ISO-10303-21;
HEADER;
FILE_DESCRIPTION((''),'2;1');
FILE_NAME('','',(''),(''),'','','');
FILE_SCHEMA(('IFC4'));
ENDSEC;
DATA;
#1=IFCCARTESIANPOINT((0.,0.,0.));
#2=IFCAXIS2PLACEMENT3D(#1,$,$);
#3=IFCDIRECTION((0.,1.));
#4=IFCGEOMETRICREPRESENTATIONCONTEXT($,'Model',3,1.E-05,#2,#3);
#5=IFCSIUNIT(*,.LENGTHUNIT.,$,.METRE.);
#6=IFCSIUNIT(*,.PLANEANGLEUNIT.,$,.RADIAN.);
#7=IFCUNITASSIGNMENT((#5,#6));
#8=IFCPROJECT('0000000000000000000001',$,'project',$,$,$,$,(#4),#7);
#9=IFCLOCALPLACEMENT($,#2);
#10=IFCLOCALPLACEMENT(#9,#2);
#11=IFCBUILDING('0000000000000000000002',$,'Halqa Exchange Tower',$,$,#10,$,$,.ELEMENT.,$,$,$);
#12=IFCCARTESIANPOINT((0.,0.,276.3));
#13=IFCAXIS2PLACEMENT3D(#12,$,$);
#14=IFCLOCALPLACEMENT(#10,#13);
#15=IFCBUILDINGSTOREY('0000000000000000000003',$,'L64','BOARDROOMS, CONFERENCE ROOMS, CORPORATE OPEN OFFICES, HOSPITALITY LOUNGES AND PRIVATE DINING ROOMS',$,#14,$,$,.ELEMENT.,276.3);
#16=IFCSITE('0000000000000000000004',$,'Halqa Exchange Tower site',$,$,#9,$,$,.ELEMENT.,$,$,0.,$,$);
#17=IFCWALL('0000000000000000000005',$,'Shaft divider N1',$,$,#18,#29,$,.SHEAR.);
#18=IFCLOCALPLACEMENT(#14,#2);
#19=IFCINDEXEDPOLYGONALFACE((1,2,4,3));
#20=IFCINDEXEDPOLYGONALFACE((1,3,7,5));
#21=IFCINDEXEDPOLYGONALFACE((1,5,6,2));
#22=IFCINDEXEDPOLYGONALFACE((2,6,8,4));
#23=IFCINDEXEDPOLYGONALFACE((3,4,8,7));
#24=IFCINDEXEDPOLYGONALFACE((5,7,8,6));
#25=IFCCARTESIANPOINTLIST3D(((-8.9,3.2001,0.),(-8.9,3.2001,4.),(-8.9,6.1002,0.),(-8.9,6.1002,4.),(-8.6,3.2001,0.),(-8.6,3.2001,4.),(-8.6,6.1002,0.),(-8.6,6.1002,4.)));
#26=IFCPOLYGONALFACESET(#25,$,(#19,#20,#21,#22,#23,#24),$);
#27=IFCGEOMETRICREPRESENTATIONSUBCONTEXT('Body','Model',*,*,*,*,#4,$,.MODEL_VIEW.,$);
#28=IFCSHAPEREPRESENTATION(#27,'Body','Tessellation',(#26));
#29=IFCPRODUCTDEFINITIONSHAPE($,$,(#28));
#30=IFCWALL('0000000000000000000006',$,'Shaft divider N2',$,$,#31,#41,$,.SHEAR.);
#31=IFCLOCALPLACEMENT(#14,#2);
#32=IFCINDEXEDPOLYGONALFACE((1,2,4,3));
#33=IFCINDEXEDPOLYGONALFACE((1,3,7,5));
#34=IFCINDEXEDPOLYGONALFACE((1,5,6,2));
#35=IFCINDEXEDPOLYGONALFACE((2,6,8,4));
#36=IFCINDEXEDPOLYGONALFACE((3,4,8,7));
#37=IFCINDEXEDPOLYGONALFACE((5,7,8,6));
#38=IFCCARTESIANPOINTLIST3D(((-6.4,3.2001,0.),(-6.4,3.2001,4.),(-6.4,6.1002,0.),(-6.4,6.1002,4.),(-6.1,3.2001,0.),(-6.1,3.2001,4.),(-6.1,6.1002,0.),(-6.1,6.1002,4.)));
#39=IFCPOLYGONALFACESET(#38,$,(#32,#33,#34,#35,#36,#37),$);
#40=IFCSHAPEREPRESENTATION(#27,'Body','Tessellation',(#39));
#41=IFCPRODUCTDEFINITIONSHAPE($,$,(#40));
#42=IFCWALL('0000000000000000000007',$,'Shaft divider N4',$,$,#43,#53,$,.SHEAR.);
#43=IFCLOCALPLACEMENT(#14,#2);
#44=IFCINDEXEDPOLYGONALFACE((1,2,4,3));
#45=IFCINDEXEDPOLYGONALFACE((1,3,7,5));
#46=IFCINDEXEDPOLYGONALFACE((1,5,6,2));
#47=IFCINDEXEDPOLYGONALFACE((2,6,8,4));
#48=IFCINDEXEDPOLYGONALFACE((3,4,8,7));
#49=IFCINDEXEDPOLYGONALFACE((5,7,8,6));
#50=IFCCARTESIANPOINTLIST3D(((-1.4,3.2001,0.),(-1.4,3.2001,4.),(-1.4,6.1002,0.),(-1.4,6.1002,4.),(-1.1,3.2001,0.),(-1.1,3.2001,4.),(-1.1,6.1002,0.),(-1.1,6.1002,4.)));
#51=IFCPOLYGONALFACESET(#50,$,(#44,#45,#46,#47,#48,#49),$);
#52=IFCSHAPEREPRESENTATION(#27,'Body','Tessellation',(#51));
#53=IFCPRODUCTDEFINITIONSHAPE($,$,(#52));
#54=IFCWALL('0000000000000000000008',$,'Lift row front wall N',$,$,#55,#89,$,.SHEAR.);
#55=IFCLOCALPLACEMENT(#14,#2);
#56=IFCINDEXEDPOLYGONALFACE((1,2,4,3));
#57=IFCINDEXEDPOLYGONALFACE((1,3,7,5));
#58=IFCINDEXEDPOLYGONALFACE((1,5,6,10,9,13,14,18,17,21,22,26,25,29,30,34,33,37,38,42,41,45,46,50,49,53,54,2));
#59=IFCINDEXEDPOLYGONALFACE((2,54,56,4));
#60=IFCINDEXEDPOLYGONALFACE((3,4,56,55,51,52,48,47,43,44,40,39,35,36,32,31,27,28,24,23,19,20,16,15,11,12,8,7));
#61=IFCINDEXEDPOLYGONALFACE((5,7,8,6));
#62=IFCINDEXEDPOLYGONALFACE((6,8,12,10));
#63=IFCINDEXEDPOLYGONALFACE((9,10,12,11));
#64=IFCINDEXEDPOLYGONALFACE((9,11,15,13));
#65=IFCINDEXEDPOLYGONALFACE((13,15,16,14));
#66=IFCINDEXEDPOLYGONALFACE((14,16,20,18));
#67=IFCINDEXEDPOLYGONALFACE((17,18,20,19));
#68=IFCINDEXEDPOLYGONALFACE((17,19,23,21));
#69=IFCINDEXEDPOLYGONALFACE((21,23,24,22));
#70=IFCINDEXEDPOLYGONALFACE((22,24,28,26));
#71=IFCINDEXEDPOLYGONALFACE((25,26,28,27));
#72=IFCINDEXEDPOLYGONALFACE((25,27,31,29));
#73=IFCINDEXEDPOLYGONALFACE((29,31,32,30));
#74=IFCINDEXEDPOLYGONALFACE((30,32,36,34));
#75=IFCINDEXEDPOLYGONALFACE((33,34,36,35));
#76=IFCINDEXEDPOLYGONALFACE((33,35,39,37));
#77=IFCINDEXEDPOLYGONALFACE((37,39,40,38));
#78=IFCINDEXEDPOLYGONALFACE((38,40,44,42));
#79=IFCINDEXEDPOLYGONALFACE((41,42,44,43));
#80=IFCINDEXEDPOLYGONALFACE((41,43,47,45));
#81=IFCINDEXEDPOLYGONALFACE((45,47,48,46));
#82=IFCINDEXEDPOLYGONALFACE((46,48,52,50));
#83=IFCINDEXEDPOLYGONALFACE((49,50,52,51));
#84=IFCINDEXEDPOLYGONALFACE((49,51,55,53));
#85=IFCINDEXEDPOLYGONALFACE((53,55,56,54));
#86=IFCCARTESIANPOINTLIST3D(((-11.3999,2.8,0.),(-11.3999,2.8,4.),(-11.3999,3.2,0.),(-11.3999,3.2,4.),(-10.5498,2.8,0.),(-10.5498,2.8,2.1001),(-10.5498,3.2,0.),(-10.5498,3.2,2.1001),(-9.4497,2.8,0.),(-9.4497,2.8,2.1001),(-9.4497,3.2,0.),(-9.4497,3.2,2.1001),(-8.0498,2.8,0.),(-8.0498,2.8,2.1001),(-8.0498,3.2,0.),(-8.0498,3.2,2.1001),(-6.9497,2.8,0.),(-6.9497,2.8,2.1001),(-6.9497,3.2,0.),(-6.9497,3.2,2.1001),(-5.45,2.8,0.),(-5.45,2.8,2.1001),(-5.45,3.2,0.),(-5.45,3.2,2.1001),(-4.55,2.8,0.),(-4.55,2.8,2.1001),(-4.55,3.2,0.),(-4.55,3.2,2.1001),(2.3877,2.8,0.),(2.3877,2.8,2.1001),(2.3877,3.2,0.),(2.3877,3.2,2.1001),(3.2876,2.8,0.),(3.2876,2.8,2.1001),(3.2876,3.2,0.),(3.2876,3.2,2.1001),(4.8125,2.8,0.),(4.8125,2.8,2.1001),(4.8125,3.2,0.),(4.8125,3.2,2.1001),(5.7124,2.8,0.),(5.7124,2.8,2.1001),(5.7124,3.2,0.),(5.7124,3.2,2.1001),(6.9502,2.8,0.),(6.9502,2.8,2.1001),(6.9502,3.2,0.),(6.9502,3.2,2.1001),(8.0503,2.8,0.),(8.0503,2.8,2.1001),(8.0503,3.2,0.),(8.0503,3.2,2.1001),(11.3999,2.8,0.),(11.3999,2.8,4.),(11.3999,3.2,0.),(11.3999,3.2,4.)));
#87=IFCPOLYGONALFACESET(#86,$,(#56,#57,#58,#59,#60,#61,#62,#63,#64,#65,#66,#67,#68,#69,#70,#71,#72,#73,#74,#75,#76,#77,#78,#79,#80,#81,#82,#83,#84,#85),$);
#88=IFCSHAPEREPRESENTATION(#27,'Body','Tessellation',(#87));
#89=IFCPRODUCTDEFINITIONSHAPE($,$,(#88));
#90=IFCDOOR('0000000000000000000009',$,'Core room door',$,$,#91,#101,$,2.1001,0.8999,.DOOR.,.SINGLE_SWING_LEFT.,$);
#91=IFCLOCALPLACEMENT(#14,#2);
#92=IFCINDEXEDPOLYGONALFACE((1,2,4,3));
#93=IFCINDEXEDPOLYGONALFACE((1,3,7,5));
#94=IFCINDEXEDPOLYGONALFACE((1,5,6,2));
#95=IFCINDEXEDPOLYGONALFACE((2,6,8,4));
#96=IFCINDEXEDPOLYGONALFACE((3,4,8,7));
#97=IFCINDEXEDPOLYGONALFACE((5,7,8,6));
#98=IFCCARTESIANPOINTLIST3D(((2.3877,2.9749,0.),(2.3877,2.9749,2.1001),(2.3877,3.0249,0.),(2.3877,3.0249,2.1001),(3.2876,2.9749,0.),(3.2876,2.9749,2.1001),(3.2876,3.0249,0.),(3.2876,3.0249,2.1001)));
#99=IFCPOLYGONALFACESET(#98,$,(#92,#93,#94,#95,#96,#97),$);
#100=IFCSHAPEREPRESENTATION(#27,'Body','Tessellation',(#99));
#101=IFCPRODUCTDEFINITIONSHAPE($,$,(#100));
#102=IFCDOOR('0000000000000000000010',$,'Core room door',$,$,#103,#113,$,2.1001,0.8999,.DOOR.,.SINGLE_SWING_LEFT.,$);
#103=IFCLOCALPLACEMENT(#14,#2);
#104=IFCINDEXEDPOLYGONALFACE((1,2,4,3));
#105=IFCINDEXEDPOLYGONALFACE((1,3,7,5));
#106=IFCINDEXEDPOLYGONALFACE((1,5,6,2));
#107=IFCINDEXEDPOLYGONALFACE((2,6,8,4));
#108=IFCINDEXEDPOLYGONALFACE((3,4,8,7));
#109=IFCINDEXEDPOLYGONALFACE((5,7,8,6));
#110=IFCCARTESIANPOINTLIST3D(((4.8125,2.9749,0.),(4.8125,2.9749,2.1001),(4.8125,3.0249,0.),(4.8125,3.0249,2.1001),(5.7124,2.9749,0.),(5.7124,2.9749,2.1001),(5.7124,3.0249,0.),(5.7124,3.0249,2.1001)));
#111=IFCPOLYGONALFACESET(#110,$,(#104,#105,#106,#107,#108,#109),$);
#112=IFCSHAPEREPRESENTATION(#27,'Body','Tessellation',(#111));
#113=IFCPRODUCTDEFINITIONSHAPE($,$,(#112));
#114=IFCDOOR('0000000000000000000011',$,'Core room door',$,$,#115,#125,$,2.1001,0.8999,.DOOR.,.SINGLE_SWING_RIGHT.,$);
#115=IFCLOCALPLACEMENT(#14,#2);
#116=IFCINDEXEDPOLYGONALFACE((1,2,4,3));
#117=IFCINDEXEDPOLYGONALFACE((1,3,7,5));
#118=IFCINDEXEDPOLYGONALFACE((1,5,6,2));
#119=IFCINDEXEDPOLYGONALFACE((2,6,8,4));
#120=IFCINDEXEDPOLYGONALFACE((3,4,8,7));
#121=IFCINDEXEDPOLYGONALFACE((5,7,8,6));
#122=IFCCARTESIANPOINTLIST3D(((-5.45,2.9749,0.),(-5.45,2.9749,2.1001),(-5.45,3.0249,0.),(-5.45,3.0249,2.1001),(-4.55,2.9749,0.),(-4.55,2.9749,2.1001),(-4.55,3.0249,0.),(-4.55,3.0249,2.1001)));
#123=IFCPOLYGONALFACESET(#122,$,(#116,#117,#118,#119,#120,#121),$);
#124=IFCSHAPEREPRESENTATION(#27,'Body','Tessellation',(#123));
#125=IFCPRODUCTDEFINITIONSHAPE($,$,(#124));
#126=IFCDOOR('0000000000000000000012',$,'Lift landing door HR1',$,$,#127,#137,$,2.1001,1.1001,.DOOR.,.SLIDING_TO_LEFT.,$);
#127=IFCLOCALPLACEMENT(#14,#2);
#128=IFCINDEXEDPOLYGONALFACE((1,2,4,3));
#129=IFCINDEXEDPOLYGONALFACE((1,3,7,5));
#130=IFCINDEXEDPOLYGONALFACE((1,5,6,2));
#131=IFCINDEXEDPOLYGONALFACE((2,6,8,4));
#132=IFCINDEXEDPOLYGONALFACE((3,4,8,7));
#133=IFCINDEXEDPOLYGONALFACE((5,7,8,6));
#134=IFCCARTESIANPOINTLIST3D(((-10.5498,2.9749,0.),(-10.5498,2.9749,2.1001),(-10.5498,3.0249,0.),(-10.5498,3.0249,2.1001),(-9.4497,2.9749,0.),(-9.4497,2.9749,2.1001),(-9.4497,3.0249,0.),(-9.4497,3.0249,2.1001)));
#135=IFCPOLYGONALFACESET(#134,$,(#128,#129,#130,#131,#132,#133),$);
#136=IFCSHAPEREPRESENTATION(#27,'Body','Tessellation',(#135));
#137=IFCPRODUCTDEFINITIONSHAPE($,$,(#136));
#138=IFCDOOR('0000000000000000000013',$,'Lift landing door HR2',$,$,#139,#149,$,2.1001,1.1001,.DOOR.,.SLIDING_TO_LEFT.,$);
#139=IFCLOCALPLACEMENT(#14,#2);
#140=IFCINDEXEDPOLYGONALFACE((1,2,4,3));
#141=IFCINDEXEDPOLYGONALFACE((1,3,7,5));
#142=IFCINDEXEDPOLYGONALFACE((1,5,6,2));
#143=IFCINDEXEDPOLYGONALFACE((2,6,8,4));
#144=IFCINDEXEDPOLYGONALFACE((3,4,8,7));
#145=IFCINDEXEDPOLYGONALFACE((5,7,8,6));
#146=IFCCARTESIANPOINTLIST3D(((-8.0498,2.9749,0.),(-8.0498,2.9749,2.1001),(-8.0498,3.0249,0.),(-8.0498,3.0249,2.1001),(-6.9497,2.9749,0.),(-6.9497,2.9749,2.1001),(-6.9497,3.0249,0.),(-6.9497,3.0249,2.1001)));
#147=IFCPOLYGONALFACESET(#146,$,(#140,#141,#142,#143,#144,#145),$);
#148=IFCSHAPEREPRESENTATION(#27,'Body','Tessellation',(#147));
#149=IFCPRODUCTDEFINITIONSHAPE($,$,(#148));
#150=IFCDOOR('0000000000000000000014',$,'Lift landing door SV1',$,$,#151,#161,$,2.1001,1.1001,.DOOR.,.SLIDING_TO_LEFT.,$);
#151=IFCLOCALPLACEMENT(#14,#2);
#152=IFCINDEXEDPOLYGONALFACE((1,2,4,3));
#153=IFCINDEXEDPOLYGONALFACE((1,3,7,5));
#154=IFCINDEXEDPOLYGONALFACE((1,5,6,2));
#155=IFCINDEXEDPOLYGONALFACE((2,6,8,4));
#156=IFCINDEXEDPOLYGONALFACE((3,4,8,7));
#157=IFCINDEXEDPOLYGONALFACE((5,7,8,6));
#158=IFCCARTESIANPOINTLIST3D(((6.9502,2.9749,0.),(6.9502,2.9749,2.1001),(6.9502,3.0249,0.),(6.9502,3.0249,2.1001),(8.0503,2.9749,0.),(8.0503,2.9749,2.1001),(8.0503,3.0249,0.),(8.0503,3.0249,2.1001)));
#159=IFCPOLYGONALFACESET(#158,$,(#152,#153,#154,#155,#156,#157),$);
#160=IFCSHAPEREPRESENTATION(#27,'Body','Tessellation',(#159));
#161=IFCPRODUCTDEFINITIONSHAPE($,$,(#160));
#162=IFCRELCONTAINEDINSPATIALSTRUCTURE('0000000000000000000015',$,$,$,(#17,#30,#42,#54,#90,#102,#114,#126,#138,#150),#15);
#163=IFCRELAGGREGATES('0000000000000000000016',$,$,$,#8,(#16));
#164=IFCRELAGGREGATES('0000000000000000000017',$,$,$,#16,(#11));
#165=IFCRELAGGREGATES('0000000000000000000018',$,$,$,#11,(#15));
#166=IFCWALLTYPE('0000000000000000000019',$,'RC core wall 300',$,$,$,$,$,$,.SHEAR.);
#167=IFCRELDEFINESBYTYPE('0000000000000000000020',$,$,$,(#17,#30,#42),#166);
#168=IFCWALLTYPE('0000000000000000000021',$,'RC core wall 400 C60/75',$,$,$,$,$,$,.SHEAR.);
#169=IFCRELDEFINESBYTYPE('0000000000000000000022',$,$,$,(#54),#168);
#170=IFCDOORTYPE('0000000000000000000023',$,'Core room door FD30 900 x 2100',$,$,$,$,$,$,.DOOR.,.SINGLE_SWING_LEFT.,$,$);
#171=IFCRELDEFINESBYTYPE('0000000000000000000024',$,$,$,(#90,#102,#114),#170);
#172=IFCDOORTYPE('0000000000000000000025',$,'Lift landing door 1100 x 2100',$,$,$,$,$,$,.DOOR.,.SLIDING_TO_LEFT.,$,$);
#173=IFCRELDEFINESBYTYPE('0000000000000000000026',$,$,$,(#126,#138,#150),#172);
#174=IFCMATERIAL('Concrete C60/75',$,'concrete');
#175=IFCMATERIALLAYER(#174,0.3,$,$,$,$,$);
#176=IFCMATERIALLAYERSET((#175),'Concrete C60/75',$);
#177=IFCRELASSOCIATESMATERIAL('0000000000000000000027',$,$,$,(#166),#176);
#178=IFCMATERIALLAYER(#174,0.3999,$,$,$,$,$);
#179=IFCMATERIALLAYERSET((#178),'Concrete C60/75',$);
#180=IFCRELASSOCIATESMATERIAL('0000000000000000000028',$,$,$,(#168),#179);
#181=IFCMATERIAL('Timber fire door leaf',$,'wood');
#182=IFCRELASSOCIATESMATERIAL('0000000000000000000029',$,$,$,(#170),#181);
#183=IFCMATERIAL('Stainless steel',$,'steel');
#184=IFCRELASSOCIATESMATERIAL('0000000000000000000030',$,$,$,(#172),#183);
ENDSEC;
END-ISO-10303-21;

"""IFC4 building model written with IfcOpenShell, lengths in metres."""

from ifc_helpers import new_model, si_unit, direction, frame, frame_2d, origin, place, context, subcontext, project, spatial, rectangle, extrude, material, layer, layer_set, type_object, element, fill, save


model = new_model("IFC4")

# Units and contexts
model_context = context("Model", 3, precision=1e-05, world=origin(), true_north=direction((0.0, 1.0)))
body_context = subcontext(model_context, "Body", "Model", "MODEL_VIEW")
ifc_project = project(units=[si_unit("LENGTHUNIT", "METRE"), si_unit("PLANEANGLEUNIT", "RADIAN")], contexts=[model_context])

# Site, building, storey
site_placement = place(None, origin())
site = spatial("IfcSite", under=ifc_project, at=site_placement, Name="Halqa Exchange Tower site", CompositionType="ELEMENT", RefElevation=0.0)
building_placement = place(site_placement, origin())
building = spatial("IfcBuilding", under=site, at=building_placement, Name="Halqa Exchange Tower", CompositionType="ELEMENT")
storey_placement = place(building_placement, frame((0.0, 0.0, 276.3)))
storey = spatial("IfcBuildingStorey", under=building, at=storey_placement, Name="L64", Description="BOARDROOMS, CONFERENCE ROOMS, CORPORATE OPEN OFFICES, HOSPITALITY LOUNGES AND PRIVATE DINING ROOMS", CompositionType="ELEMENT", Elevation=276.3)

# Walls
ifc_material_1 = material(Name="Concrete C60/75", Category="concrete")
ifc_layer_1 = layer(ifc_material_1, 0.3)
ifc_layer_set_1 = layer_set([ifc_layer_1], Name="Concrete C60/75")
wall_type_1 = type_object("IfcWallType", Name="RC core wall 300", PredefinedType="SHEAR", material=ifc_layer_set_1)
for number, where, z_axis, x_axis, name in (
    (1, (-8.75, 3.2, 0.0), (0.0, 0.0, 1.0), (0.0, 1.0, 0.0), "Shaft divider N1"),
    (2, (-6.25, 3.2, 0.0), (0.0, 0.0, 1.0), (0.0, 1.0, 0.0), "Shaft divider N2"),
    (3, (-1.25, 3.2, 0.0), (0.0, 0.0, 1.0), (0.0, 1.0, 0.0), "Shaft divider N4"),
):
    element("IfcWall", number, at=place(storey_placement, frame(where, z_axis=z_axis, x_axis=x_axis)), inside=storey, type_object=wall_type_1, Name=name, PredefinedType="SHEAR", context=body_context, shape_type="SweptSolid", body=[
        extrude(rectangle(XDim=2.9001, YDim=0.3, at=frame_2d((1.4502, 0.0))), origin(), (0.0, 0.0, 1.0), 4.0),
    ])

# Wall, openings, doors
ifc_layer_2 = layer(ifc_material_1, 0.3999)
ifc_layer_set_2 = layer_set([ifc_layer_2], Name="Concrete C60/75")
wall_type_2 = type_object("IfcWallType", Name="RC core wall 400 C60/75", PredefinedType="SHEAR", material=ifc_layer_set_2)
wall_1_placement = place(storey_placement, frame((-11.3999, 3.0, 0.0), z_axis=(0.0, 0.0, 1.0), x_axis=(1.0, 0.0, 0.0)))
wall_1 = element("IfcWall", 4, at=wall_1_placement, inside=storey, type_object=wall_type_2, Name="Lift row front wall N", PredefinedType="SHEAR", context=body_context, shape_type="SweptSolid", body=[
    extrude(rectangle(XDim=22.7998, YDim=0.3999, at=frame_2d((11.3999, 0.0))), origin(), (0.0, 0.0, 1.0), 4.0),
])
opening_1_placement = place(wall_1_placement, frame((0.8501, 0.0, 0.0)))
opening_1 = element("IfcOpeningElement", 5, at=opening_1_placement, cuts=wall_1, PredefinedType="OPENING", context=body_context, shape_type="SweptSolid", body=[
    extrude(rectangle(XDim=1.1001, YDim=2.1001, at=frame_2d((0.55, 1.05))), frame((0.0, 0.2119, 0.0), z_axis=(0.0, -1.0, 0.0), x_axis=(1.0, 0.0, 0.0)), (0.0, 0.0, 1.0), 0.4238),
])
opening_2_placement = place(wall_1_placement, frame((3.3501, 0.0, 0.0)))
opening_2 = element("IfcOpeningElement", 6, at=opening_2_placement, cuts=wall_1, PredefinedType="OPENING", context=body_context, shape_type="SweptSolid", body=[
    extrude(rectangle(XDim=1.1001, YDim=2.1001, at=frame_2d((0.55, 1.05))), frame((0.0, 0.2119, 0.0), z_axis=(0.0, -1.0, 0.0), x_axis=(1.0, 0.0, 0.0)), (0.0, 0.0, 1.0), 0.4238),
])
opening_3_placement = place(wall_1_placement, frame((18.3501, 0.0, 0.0)))
opening_3 = element("IfcOpeningElement", 7, at=opening_3_placement, cuts=wall_1, PredefinedType="OPENING", context=body_context, shape_type="SweptSolid", body=[
    extrude(rectangle(XDim=1.1001, YDim=2.1001, at=frame_2d((0.55, 1.05))), frame((0.0, 0.2119, 0.0), z_axis=(0.0, -1.0, 0.0), x_axis=(1.0, 0.0, 0.0)), (0.0, 0.0, 1.0), 0.4238),
])
opening_4_placement = place(wall_1_placement, frame((13.7876, 0.0, 0.0)))
opening_4 = element("IfcOpeningElement", 8, at=opening_4_placement, cuts=wall_1, PredefinedType="OPENING", context=body_context, shape_type="SweptSolid", body=[
    extrude(rectangle(XDim=0.8999, YDim=2.1001, at=frame_2d((0.45, 1.05))), frame((0.0, 0.2119, 0.0), z_axis=(0.0, -1.0, 0.0), x_axis=(1.0, 0.0, 0.0)), (0.0, 0.0, 1.0), 0.4238),
])
opening_5_placement = place(wall_1_placement, frame((16.2124, 0.0, 0.0)))
opening_5 = element("IfcOpeningElement", 9, at=opening_5_placement, cuts=wall_1, PredefinedType="OPENING", context=body_context, shape_type="SweptSolid", body=[
    extrude(rectangle(XDim=0.8999, YDim=2.1001, at=frame_2d((0.45, 1.05))), frame((0.0, 0.2119, 0.0), z_axis=(0.0, -1.0, 0.0), x_axis=(1.0, 0.0, 0.0)), (0.0, 0.0, 1.0), 0.4238),
])
opening_6_placement = place(wall_1_placement, frame((5.95, 0.0, 0.0)))
opening_6 = element("IfcOpeningElement", 10, at=opening_6_placement, cuts=wall_1, PredefinedType="OPENING", context=body_context, shape_type="SweptSolid", body=[
    extrude(rectangle(XDim=0.8999, YDim=2.1001, at=frame_2d((0.45, 1.05))), frame((0.0, 0.2119, 0.0), z_axis=(0.0, -1.0, 0.0), x_axis=(1.0, 0.0, 0.0)), (0.0, 0.0, 1.0), 0.4238),
])
ifc_material_2 = material(Name="Timber fire door leaf", Category="wood")
door_type_1 = type_object("IfcDoorType", Name="Core room door FD30 900 x 2100", OperationType="SINGLE_SWING_LEFT", PredefinedType="DOOR", material=ifc_material_2)
door_1_placement = place(opening_4_placement, origin())
door_1 = element("IfcDoor", 11, at=door_1_placement, inside=storey, type_object=door_type_1, Name="Core room door", OperationType="SINGLE_SWING_LEFT", OverallHeight=2.1001, OverallWidth=0.8999, PredefinedType="DOOR", context=body_context, shape_type="SweptSolid", body=[
    extrude(rectangle(XDim=0.8999, YDim=2.1001, at=frame_2d((0.45, 1.05))), frame((0.0, 0.0249, 0.0), z_axis=(0.0, -1.0, 0.0), x_axis=(1.0, 0.0, 0.0)), (0.0, 0.0, 1.0), 0.05),
])
fill(opening_4, door_1)
door_2_placement = place(opening_5_placement, origin())
door_2 = element("IfcDoor", 12, at=door_2_placement, inside=storey, type_object=door_type_1, Name="Core room door", OperationType="SINGLE_SWING_LEFT", OverallHeight=2.1001, OverallWidth=0.8999, PredefinedType="DOOR", context=body_context, shape_type="SweptSolid", body=[
    extrude(rectangle(XDim=0.8999, YDim=2.1001, at=frame_2d((0.45, 1.05))), frame((0.0, 0.0249, 0.0), z_axis=(0.0, -1.0, 0.0), x_axis=(1.0, 0.0, 0.0)), (0.0, 0.0, 1.0), 0.05),
])
fill(opening_5, door_2)
door_3_placement = place(opening_6_placement, origin())
door_3 = element("IfcDoor", 13, at=door_3_placement, inside=storey, type_object=door_type_1, Name="Core room door", OperationType="SINGLE_SWING_RIGHT", OverallHeight=2.1001, OverallWidth=0.8999, PredefinedType="DOOR", context=body_context, shape_type="SweptSolid", body=[
    extrude(rectangle(XDim=0.8999, YDim=2.1001, at=frame_2d((0.45, 1.05))), frame((0.0, 0.0249, 0.0), z_axis=(0.0, -1.0, 0.0), x_axis=(1.0, 0.0, 0.0)), (0.0, 0.0, 1.0), 0.05),
])
fill(opening_6, door_3)
ifc_material_3 = material(Name="Stainless steel", Category="steel")
door_type_2 = type_object("IfcDoorType", Name="Lift landing door 1100 x 2100", OperationType="SLIDING_TO_LEFT", PredefinedType="DOOR", material=ifc_material_3)
door_4_placement = place(opening_1_placement, origin())
door_4 = element("IfcDoor", 14, at=door_4_placement, inside=storey, type_object=door_type_2, Name="Lift landing door HR1", OperationType="SLIDING_TO_LEFT", OverallHeight=2.1001, OverallWidth=1.1001, PredefinedType="DOOR", context=body_context, shape_type="SweptSolid", body=[
    extrude(rectangle(XDim=1.1001, YDim=2.1001, at=frame_2d((0.55, 1.05))), frame((0.0, 0.0249, 0.0), z_axis=(0.0, -1.0, 0.0), x_axis=(1.0, 0.0, 0.0)), (0.0, 0.0, 1.0), 0.05),
])
fill(opening_1, door_4)
door_5_placement = place(opening_2_placement, origin())
door_5 = element("IfcDoor", 15, at=door_5_placement, inside=storey, type_object=door_type_2, Name="Lift landing door HR2", OperationType="SLIDING_TO_LEFT", OverallHeight=2.1001, OverallWidth=1.1001, PredefinedType="DOOR", context=body_context, shape_type="SweptSolid", body=[
    extrude(rectangle(XDim=1.1001, YDim=2.1001, at=frame_2d((0.55, 1.05))), frame((0.0, 0.0249, 0.0), z_axis=(0.0, -1.0, 0.0), x_axis=(1.0, 0.0, 0.0)), (0.0, 0.0, 1.0), 0.05),
])
fill(opening_2, door_5)
door_6_placement = place(opening_3_placement, origin())
door_6 = element("IfcDoor", 16, at=door_6_placement, inside=storey, type_object=door_type_2, Name="Lift landing door SV1", OperationType="SLIDING_TO_LEFT", OverallHeight=2.1001, OverallWidth=1.1001, PredefinedType="DOOR", context=body_context, shape_type="SweptSolid", body=[
    extrude(rectangle(XDim=1.1001, YDim=2.1001, at=frame_2d((0.55, 1.05))), frame((0.0, 0.0249, 0.0), z_axis=(0.0, -1.0, 0.0), x_axis=(1.0, 0.0, 0.0)), (0.0, 0.0, 1.0), 0.05),
])
fill(opening_3, door_6)

save(model, "model.ifc")
